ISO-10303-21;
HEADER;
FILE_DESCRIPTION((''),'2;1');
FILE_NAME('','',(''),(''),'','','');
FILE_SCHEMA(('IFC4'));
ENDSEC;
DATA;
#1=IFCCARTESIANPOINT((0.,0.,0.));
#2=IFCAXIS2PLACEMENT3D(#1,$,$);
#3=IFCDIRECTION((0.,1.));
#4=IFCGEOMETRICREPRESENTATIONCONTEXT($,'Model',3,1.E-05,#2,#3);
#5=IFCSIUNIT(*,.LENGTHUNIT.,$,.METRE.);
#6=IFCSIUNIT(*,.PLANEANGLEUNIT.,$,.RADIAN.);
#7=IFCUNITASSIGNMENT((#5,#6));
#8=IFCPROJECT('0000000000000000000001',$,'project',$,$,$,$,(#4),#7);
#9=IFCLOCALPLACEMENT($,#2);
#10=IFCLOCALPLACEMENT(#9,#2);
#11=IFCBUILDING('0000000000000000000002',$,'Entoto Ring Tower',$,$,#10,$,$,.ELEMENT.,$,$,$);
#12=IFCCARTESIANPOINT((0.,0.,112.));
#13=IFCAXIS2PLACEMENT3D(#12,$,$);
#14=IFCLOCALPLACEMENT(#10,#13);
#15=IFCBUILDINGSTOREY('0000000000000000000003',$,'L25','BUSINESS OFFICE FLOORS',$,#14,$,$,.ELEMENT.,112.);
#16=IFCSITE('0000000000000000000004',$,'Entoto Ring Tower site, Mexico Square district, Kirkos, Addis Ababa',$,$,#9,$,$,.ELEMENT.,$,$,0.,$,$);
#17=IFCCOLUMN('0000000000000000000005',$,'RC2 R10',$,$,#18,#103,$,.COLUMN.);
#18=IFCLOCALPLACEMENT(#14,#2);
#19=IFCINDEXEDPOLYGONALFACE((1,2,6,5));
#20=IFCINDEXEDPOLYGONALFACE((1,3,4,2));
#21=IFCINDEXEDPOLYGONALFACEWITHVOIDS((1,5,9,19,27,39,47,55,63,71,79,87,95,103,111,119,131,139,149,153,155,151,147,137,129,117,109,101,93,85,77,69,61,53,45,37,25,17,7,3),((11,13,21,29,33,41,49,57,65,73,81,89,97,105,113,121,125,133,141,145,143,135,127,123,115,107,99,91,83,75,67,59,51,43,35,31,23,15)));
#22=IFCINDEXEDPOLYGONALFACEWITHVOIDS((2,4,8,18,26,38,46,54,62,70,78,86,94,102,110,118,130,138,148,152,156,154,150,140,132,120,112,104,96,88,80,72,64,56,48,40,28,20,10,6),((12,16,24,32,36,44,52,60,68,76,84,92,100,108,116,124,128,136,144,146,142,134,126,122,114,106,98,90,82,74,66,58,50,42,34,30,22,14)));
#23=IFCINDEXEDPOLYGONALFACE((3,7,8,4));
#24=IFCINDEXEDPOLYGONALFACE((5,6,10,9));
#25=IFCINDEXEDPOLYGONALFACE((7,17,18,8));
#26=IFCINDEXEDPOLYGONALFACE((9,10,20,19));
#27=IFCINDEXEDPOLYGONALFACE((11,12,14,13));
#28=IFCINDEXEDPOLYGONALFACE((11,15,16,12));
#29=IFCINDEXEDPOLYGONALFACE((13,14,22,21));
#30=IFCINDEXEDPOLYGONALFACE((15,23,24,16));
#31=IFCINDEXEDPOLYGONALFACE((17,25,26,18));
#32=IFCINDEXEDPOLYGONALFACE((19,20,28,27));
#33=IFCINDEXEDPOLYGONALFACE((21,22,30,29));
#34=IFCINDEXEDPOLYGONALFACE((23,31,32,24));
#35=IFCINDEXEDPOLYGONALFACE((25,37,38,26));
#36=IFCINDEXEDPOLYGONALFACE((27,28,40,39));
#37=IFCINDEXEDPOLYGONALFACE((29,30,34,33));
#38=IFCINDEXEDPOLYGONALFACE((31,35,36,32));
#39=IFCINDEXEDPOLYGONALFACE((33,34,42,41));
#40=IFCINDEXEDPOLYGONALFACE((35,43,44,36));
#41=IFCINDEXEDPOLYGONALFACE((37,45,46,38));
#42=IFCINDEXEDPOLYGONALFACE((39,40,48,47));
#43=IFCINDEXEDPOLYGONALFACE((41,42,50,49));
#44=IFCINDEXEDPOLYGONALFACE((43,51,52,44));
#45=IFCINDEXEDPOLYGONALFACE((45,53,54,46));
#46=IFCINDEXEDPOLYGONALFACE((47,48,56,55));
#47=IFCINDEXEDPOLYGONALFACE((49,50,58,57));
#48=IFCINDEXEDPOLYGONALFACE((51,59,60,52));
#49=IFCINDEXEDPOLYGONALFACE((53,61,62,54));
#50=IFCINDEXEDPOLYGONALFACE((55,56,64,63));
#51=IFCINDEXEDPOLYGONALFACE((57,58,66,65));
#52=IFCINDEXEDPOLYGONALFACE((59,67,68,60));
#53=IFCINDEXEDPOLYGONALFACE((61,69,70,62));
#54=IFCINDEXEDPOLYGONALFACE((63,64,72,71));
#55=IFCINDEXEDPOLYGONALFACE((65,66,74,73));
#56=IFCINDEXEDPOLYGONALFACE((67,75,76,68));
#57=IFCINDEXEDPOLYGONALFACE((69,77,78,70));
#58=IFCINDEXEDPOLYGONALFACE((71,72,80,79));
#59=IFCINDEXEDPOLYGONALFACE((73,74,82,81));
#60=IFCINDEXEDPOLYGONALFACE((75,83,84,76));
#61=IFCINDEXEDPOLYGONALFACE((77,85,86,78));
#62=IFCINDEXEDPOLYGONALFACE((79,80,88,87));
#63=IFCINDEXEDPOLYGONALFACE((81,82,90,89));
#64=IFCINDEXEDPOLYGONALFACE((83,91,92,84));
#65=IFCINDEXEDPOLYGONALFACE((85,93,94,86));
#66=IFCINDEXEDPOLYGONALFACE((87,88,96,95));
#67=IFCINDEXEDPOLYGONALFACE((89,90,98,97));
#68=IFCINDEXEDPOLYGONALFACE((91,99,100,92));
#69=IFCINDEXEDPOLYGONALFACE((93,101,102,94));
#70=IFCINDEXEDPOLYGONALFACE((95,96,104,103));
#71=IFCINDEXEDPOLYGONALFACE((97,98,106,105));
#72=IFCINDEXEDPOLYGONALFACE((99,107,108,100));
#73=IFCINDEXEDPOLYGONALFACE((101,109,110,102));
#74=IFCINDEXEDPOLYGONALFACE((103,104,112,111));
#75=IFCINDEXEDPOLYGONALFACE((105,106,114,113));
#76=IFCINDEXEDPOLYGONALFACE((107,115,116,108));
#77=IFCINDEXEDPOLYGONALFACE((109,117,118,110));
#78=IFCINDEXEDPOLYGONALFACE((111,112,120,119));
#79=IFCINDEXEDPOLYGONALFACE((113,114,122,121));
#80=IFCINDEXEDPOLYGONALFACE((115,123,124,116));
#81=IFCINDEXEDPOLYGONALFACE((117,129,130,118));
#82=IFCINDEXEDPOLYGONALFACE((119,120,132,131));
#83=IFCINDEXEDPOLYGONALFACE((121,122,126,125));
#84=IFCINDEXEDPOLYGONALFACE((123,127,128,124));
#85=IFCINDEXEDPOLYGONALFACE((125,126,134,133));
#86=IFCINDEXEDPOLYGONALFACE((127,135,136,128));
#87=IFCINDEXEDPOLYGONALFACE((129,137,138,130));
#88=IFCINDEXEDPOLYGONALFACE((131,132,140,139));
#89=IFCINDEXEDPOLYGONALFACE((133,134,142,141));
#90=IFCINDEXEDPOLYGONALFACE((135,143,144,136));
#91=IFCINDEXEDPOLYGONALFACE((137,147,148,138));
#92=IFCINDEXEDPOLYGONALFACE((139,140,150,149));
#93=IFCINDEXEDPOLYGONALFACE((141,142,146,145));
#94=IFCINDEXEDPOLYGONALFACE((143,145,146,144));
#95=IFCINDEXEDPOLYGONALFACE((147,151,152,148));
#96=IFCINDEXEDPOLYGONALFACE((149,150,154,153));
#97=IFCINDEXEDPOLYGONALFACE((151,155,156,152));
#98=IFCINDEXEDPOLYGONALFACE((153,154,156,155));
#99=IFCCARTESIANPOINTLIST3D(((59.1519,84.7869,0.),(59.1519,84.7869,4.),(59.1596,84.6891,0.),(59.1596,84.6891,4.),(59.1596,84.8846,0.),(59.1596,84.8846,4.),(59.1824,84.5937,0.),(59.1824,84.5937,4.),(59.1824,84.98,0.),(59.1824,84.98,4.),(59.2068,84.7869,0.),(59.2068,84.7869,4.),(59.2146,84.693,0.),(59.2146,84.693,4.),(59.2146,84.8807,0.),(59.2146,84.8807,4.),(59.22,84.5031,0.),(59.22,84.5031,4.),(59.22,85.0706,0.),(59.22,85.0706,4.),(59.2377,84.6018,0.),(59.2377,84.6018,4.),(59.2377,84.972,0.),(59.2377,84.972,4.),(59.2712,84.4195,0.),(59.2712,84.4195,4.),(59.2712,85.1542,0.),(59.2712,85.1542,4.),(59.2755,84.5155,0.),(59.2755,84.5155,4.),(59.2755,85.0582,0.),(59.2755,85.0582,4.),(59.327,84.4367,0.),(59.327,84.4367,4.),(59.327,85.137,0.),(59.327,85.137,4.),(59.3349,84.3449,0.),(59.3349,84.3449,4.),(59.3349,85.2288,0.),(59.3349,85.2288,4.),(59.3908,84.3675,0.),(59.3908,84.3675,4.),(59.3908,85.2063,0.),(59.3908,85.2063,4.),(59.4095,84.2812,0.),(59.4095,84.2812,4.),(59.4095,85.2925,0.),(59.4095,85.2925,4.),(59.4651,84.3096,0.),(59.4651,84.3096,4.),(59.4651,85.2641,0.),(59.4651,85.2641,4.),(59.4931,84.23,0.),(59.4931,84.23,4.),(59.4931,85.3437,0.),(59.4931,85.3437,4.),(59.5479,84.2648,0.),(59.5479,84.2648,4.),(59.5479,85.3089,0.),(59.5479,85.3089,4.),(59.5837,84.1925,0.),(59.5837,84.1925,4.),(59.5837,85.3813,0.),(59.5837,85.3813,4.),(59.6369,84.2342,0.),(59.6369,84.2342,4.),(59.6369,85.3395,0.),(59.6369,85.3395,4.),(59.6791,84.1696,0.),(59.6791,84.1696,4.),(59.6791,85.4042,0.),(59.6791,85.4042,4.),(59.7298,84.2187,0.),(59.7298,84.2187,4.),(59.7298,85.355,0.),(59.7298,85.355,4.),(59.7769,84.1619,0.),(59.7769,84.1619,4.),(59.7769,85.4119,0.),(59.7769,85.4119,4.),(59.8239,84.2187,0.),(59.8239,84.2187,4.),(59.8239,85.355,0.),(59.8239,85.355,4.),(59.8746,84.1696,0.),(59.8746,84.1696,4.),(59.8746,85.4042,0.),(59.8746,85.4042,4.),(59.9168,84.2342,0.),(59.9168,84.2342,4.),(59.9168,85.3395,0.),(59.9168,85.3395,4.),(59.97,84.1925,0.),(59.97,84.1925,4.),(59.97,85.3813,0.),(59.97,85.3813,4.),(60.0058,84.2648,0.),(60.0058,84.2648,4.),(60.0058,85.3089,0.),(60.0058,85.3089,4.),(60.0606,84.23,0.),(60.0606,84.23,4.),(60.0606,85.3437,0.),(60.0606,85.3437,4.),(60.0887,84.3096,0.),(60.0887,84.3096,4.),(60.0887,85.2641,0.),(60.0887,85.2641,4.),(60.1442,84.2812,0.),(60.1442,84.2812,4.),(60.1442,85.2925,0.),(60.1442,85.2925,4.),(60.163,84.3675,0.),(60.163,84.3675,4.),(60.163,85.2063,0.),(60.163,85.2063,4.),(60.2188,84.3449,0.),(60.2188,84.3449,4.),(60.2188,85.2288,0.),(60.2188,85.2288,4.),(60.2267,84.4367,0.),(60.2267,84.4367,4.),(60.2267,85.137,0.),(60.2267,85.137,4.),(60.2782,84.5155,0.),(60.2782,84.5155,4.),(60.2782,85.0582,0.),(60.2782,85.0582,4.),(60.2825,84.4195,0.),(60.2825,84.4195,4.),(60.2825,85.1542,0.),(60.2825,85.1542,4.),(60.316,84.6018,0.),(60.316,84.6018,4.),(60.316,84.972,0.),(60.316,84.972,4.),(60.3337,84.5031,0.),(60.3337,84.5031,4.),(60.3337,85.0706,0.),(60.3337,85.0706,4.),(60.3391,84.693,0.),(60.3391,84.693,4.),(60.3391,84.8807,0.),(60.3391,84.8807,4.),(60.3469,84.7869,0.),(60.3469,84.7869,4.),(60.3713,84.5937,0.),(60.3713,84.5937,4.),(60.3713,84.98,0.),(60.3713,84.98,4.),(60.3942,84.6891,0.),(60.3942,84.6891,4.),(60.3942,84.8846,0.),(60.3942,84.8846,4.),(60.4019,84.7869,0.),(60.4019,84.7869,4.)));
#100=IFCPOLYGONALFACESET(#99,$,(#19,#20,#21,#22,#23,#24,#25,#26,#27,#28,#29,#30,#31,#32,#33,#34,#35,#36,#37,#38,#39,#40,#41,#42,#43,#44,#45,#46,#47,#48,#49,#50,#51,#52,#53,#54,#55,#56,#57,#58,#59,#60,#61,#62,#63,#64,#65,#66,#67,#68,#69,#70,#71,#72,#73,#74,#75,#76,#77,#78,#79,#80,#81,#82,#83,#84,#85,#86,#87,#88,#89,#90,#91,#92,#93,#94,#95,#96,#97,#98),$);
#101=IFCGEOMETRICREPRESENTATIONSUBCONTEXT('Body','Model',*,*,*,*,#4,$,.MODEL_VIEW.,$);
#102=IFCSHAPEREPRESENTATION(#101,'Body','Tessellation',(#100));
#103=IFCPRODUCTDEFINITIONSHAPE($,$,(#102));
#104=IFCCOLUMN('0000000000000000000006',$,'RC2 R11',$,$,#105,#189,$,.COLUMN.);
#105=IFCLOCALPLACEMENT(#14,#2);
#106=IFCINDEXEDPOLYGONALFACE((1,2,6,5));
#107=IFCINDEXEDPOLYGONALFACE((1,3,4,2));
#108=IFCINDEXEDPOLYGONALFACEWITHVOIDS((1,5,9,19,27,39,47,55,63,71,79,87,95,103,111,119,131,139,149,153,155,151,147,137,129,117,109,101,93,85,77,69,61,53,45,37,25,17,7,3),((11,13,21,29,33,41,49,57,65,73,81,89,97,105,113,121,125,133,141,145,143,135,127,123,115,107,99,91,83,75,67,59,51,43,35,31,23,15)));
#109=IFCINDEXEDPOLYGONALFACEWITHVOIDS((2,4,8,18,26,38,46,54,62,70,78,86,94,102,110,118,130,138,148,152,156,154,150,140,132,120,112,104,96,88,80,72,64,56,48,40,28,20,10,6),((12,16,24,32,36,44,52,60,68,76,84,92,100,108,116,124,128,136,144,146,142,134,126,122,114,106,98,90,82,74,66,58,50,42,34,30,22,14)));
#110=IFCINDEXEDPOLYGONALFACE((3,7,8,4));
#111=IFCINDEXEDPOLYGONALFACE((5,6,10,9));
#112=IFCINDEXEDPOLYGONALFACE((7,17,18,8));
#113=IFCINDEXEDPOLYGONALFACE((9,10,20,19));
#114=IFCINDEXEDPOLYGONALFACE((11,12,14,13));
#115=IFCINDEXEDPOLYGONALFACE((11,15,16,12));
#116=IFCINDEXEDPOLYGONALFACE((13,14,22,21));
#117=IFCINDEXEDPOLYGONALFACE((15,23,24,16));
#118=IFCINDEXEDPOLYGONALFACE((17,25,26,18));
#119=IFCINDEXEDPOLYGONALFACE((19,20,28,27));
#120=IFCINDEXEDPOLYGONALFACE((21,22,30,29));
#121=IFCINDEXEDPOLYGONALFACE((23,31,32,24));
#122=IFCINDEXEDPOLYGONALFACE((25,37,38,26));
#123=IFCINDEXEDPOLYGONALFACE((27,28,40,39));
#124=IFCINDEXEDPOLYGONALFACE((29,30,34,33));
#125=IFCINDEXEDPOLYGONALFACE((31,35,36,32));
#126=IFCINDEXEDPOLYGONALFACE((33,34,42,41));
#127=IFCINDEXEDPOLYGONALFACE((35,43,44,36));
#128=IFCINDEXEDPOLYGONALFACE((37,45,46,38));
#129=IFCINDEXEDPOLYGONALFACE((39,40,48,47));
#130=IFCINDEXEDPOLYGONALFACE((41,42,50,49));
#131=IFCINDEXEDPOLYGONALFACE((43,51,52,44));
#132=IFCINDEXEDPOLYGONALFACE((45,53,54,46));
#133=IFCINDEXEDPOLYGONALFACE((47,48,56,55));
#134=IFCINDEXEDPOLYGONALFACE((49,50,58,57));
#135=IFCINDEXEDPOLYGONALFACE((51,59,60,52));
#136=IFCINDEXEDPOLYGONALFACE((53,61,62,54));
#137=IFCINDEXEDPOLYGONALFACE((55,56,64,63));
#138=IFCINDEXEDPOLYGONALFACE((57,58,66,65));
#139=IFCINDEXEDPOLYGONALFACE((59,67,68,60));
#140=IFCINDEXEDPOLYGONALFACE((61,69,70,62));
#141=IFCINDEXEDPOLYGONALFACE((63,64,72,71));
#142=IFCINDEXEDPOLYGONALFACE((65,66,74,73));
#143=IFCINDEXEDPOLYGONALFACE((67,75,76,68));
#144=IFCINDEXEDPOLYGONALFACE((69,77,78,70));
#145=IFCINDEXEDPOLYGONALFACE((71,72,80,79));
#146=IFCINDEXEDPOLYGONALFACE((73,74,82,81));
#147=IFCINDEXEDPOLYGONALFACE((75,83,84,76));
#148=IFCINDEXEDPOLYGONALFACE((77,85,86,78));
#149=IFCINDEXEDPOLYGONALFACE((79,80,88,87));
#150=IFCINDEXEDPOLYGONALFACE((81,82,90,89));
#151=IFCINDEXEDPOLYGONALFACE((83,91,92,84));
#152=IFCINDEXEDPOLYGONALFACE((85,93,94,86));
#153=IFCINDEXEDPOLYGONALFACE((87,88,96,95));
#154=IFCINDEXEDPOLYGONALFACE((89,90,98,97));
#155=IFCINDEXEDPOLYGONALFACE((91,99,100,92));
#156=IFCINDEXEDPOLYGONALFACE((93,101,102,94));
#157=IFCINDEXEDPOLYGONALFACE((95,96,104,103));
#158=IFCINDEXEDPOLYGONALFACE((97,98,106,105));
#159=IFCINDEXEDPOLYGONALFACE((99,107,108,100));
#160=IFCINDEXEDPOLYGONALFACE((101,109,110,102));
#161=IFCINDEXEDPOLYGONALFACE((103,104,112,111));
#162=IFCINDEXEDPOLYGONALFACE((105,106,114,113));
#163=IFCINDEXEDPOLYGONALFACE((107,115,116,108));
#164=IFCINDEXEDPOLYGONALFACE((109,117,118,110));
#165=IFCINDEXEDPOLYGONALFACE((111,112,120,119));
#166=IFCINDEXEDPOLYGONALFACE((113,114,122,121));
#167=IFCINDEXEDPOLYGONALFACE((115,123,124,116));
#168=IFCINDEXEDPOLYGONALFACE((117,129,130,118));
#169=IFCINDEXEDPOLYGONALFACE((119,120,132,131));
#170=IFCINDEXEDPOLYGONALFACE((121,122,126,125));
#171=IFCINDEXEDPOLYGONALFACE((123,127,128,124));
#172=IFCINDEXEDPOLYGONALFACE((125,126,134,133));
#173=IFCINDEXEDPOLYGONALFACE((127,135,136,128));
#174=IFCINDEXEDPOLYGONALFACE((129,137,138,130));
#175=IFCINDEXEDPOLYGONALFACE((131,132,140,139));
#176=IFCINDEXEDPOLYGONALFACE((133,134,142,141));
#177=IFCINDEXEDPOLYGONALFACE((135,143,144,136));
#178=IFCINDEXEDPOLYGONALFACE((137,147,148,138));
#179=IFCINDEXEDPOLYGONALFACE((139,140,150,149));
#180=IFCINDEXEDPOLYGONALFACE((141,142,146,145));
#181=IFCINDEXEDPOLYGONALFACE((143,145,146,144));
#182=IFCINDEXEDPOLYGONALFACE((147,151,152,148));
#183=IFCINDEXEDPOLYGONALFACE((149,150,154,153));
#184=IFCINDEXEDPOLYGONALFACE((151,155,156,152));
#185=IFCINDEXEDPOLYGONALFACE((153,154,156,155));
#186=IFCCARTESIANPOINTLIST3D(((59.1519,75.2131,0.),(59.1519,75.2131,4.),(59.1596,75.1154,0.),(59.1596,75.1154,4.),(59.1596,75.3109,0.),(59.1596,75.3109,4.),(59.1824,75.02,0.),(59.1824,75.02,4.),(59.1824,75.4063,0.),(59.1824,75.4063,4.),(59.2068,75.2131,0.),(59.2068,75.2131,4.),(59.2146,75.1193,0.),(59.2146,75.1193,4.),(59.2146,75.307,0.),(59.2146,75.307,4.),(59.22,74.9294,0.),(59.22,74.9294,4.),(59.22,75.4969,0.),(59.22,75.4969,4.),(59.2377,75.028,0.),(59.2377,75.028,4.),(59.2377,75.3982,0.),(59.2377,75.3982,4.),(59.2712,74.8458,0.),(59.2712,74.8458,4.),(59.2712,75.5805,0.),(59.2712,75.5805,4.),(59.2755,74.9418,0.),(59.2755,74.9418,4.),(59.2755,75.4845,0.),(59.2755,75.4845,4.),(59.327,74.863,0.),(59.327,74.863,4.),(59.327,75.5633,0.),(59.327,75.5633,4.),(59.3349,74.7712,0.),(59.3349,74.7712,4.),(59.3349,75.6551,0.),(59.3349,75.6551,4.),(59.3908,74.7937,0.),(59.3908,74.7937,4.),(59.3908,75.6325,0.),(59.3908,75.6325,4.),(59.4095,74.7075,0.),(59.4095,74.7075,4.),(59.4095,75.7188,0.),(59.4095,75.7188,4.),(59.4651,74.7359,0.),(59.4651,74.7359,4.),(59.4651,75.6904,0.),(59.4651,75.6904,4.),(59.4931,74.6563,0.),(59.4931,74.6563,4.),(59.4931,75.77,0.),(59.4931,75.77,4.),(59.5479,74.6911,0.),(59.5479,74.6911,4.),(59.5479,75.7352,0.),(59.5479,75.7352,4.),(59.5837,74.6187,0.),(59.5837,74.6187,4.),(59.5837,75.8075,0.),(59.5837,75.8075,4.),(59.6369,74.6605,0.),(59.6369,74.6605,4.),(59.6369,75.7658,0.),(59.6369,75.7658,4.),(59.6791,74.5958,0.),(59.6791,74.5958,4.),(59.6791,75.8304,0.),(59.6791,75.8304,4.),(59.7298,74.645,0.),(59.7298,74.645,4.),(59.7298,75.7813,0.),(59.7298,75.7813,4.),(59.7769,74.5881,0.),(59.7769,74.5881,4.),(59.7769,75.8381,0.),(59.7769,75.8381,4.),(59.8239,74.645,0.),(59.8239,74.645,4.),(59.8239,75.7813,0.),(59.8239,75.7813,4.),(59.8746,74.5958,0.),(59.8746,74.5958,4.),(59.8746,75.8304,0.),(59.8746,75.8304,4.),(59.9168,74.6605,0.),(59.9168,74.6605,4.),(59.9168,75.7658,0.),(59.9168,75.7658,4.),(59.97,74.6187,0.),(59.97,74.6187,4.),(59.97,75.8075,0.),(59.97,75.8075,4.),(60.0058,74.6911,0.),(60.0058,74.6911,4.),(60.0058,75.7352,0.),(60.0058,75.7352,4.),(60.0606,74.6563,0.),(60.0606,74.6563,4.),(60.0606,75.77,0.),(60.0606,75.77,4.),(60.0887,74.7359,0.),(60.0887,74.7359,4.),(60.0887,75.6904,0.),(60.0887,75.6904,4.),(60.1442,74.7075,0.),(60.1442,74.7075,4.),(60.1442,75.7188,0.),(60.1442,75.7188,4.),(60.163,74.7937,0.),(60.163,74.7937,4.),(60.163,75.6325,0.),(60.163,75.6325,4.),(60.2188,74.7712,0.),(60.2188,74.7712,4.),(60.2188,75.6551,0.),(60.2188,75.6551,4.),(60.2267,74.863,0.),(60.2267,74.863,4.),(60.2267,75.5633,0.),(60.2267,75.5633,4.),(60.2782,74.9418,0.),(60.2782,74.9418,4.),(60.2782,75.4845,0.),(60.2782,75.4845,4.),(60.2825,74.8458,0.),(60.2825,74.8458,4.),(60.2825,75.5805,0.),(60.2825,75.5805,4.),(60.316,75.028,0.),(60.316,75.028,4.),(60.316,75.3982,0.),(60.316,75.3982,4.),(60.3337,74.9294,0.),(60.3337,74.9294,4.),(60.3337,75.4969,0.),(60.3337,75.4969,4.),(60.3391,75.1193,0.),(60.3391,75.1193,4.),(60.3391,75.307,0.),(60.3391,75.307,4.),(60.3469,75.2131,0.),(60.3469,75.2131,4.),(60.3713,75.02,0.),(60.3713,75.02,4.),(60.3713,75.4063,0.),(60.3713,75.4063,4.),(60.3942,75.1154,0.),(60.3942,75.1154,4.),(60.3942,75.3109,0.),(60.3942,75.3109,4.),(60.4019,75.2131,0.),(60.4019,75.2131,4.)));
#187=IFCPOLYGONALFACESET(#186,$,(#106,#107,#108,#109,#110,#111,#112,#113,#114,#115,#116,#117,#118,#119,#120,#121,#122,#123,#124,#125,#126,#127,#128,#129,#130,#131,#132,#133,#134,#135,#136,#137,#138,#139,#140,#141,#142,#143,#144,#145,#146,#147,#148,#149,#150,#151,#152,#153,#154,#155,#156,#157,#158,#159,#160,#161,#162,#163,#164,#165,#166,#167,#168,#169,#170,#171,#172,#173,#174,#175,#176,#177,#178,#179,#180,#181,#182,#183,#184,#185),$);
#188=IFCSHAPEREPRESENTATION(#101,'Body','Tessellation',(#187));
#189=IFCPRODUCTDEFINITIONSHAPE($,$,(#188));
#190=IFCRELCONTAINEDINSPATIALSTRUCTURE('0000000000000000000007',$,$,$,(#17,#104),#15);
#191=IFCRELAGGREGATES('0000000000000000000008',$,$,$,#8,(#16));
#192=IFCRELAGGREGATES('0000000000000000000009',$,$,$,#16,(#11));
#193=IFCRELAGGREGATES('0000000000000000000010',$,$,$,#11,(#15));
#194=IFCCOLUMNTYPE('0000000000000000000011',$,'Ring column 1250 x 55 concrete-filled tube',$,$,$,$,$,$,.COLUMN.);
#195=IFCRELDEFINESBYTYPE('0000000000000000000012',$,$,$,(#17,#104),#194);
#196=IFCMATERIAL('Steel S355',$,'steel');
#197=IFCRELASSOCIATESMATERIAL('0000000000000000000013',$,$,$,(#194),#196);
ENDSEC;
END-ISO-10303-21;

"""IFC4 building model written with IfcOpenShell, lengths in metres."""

from ifc_helpers import new_model, si_unit, direction, frame, origin, origin_2d, place, context, subcontext, project, spatial, circle, hollow_circle, extrude, material, material_profile, profile_set, type_object, element, save


model = new_model("IFC4")

# Units and contexts
model_context = context("Model", 3, precision=1e-05, world=origin(), true_north=direction((0.0, 1.0)))
body_context = subcontext(model_context, "Body", "Model", "MODEL_VIEW")
ifc_project = project(units=[si_unit("LENGTHUNIT", "METRE"), si_unit("PLANEANGLEUNIT", "RADIAN")], contexts=[model_context])

# Site, building, storey
site_placement = place(None, origin())
site = spatial("IfcSite", under=ifc_project, at=site_placement, Name="Entoto Ring Tower site, Mexico Square district, Kirkos, Addis Ababa", CompositionType="ELEMENT", RefElevation=0.0)
building_placement = place(site_placement, origin())
building = spatial("IfcBuilding", under=site, at=building_placement, Name="Entoto Ring Tower", CompositionType="ELEMENT")
storey_placement = place(building_placement, frame((0.0, 0.0, 112.0)))
storey = spatial("IfcBuildingStorey", under=building, at=storey_placement, Name="L25", Description="BUSINESS OFFICE FLOORS", CompositionType="ELEMENT", Elevation=112.0)

# Columns
ifc_material_1 = material(Name="Steel S355", Category="steel")
ifc_material_profile_1 = material_profile(ifc_material_1, hollow_circle(Radius=0.625, WallThickness=0.0549, at=origin_2d()), Name="CHS 1250 x 55")
ifc_material_2 = material(Name="Concrete C60/75", Category="concrete")
ifc_material_profile_2 = material_profile(ifc_material_2, circle(Radius=0.5701, at=origin_2d()), Name="Concrete C60/75 infill")
ifc_profile_set_1 = profile_set([ifc_material_profile_1, ifc_material_profile_2], Name="Steel S355")
column_type = type_object("IfcColumnType", Name="Ring column 1250 x 55 concrete-filled tube", PredefinedType="COLUMN", material=ifc_profile_set_1)
for number, where, z_axis, x_axis, name in (
    (1, (59.7769, 84.7869, 0.0), (0.0, 0.0, 1.0), (1.0, 0.0, 0.0), "RC2 R10"),
    (2, (59.7769, 75.2131, 0.0), (0.0, 0.0, 1.0), (1.0, 0.0, 0.0), "RC2 R11"),
):
    element("IfcColumn", number, at=place(storey_placement, frame(where, z_axis=z_axis, x_axis=x_axis)), inside=storey, type_object=column_type, Name=name, PredefinedType="COLUMN", context=body_context, shape_type="SweptSolid", body=[
        extrude(hollow_circle(Radius=0.625, WallThickness=0.0549, at=origin_2d()), origin(), (0.0, 0.0, 1.0), 4.0),
    ])

save(model, "model.ifc")
